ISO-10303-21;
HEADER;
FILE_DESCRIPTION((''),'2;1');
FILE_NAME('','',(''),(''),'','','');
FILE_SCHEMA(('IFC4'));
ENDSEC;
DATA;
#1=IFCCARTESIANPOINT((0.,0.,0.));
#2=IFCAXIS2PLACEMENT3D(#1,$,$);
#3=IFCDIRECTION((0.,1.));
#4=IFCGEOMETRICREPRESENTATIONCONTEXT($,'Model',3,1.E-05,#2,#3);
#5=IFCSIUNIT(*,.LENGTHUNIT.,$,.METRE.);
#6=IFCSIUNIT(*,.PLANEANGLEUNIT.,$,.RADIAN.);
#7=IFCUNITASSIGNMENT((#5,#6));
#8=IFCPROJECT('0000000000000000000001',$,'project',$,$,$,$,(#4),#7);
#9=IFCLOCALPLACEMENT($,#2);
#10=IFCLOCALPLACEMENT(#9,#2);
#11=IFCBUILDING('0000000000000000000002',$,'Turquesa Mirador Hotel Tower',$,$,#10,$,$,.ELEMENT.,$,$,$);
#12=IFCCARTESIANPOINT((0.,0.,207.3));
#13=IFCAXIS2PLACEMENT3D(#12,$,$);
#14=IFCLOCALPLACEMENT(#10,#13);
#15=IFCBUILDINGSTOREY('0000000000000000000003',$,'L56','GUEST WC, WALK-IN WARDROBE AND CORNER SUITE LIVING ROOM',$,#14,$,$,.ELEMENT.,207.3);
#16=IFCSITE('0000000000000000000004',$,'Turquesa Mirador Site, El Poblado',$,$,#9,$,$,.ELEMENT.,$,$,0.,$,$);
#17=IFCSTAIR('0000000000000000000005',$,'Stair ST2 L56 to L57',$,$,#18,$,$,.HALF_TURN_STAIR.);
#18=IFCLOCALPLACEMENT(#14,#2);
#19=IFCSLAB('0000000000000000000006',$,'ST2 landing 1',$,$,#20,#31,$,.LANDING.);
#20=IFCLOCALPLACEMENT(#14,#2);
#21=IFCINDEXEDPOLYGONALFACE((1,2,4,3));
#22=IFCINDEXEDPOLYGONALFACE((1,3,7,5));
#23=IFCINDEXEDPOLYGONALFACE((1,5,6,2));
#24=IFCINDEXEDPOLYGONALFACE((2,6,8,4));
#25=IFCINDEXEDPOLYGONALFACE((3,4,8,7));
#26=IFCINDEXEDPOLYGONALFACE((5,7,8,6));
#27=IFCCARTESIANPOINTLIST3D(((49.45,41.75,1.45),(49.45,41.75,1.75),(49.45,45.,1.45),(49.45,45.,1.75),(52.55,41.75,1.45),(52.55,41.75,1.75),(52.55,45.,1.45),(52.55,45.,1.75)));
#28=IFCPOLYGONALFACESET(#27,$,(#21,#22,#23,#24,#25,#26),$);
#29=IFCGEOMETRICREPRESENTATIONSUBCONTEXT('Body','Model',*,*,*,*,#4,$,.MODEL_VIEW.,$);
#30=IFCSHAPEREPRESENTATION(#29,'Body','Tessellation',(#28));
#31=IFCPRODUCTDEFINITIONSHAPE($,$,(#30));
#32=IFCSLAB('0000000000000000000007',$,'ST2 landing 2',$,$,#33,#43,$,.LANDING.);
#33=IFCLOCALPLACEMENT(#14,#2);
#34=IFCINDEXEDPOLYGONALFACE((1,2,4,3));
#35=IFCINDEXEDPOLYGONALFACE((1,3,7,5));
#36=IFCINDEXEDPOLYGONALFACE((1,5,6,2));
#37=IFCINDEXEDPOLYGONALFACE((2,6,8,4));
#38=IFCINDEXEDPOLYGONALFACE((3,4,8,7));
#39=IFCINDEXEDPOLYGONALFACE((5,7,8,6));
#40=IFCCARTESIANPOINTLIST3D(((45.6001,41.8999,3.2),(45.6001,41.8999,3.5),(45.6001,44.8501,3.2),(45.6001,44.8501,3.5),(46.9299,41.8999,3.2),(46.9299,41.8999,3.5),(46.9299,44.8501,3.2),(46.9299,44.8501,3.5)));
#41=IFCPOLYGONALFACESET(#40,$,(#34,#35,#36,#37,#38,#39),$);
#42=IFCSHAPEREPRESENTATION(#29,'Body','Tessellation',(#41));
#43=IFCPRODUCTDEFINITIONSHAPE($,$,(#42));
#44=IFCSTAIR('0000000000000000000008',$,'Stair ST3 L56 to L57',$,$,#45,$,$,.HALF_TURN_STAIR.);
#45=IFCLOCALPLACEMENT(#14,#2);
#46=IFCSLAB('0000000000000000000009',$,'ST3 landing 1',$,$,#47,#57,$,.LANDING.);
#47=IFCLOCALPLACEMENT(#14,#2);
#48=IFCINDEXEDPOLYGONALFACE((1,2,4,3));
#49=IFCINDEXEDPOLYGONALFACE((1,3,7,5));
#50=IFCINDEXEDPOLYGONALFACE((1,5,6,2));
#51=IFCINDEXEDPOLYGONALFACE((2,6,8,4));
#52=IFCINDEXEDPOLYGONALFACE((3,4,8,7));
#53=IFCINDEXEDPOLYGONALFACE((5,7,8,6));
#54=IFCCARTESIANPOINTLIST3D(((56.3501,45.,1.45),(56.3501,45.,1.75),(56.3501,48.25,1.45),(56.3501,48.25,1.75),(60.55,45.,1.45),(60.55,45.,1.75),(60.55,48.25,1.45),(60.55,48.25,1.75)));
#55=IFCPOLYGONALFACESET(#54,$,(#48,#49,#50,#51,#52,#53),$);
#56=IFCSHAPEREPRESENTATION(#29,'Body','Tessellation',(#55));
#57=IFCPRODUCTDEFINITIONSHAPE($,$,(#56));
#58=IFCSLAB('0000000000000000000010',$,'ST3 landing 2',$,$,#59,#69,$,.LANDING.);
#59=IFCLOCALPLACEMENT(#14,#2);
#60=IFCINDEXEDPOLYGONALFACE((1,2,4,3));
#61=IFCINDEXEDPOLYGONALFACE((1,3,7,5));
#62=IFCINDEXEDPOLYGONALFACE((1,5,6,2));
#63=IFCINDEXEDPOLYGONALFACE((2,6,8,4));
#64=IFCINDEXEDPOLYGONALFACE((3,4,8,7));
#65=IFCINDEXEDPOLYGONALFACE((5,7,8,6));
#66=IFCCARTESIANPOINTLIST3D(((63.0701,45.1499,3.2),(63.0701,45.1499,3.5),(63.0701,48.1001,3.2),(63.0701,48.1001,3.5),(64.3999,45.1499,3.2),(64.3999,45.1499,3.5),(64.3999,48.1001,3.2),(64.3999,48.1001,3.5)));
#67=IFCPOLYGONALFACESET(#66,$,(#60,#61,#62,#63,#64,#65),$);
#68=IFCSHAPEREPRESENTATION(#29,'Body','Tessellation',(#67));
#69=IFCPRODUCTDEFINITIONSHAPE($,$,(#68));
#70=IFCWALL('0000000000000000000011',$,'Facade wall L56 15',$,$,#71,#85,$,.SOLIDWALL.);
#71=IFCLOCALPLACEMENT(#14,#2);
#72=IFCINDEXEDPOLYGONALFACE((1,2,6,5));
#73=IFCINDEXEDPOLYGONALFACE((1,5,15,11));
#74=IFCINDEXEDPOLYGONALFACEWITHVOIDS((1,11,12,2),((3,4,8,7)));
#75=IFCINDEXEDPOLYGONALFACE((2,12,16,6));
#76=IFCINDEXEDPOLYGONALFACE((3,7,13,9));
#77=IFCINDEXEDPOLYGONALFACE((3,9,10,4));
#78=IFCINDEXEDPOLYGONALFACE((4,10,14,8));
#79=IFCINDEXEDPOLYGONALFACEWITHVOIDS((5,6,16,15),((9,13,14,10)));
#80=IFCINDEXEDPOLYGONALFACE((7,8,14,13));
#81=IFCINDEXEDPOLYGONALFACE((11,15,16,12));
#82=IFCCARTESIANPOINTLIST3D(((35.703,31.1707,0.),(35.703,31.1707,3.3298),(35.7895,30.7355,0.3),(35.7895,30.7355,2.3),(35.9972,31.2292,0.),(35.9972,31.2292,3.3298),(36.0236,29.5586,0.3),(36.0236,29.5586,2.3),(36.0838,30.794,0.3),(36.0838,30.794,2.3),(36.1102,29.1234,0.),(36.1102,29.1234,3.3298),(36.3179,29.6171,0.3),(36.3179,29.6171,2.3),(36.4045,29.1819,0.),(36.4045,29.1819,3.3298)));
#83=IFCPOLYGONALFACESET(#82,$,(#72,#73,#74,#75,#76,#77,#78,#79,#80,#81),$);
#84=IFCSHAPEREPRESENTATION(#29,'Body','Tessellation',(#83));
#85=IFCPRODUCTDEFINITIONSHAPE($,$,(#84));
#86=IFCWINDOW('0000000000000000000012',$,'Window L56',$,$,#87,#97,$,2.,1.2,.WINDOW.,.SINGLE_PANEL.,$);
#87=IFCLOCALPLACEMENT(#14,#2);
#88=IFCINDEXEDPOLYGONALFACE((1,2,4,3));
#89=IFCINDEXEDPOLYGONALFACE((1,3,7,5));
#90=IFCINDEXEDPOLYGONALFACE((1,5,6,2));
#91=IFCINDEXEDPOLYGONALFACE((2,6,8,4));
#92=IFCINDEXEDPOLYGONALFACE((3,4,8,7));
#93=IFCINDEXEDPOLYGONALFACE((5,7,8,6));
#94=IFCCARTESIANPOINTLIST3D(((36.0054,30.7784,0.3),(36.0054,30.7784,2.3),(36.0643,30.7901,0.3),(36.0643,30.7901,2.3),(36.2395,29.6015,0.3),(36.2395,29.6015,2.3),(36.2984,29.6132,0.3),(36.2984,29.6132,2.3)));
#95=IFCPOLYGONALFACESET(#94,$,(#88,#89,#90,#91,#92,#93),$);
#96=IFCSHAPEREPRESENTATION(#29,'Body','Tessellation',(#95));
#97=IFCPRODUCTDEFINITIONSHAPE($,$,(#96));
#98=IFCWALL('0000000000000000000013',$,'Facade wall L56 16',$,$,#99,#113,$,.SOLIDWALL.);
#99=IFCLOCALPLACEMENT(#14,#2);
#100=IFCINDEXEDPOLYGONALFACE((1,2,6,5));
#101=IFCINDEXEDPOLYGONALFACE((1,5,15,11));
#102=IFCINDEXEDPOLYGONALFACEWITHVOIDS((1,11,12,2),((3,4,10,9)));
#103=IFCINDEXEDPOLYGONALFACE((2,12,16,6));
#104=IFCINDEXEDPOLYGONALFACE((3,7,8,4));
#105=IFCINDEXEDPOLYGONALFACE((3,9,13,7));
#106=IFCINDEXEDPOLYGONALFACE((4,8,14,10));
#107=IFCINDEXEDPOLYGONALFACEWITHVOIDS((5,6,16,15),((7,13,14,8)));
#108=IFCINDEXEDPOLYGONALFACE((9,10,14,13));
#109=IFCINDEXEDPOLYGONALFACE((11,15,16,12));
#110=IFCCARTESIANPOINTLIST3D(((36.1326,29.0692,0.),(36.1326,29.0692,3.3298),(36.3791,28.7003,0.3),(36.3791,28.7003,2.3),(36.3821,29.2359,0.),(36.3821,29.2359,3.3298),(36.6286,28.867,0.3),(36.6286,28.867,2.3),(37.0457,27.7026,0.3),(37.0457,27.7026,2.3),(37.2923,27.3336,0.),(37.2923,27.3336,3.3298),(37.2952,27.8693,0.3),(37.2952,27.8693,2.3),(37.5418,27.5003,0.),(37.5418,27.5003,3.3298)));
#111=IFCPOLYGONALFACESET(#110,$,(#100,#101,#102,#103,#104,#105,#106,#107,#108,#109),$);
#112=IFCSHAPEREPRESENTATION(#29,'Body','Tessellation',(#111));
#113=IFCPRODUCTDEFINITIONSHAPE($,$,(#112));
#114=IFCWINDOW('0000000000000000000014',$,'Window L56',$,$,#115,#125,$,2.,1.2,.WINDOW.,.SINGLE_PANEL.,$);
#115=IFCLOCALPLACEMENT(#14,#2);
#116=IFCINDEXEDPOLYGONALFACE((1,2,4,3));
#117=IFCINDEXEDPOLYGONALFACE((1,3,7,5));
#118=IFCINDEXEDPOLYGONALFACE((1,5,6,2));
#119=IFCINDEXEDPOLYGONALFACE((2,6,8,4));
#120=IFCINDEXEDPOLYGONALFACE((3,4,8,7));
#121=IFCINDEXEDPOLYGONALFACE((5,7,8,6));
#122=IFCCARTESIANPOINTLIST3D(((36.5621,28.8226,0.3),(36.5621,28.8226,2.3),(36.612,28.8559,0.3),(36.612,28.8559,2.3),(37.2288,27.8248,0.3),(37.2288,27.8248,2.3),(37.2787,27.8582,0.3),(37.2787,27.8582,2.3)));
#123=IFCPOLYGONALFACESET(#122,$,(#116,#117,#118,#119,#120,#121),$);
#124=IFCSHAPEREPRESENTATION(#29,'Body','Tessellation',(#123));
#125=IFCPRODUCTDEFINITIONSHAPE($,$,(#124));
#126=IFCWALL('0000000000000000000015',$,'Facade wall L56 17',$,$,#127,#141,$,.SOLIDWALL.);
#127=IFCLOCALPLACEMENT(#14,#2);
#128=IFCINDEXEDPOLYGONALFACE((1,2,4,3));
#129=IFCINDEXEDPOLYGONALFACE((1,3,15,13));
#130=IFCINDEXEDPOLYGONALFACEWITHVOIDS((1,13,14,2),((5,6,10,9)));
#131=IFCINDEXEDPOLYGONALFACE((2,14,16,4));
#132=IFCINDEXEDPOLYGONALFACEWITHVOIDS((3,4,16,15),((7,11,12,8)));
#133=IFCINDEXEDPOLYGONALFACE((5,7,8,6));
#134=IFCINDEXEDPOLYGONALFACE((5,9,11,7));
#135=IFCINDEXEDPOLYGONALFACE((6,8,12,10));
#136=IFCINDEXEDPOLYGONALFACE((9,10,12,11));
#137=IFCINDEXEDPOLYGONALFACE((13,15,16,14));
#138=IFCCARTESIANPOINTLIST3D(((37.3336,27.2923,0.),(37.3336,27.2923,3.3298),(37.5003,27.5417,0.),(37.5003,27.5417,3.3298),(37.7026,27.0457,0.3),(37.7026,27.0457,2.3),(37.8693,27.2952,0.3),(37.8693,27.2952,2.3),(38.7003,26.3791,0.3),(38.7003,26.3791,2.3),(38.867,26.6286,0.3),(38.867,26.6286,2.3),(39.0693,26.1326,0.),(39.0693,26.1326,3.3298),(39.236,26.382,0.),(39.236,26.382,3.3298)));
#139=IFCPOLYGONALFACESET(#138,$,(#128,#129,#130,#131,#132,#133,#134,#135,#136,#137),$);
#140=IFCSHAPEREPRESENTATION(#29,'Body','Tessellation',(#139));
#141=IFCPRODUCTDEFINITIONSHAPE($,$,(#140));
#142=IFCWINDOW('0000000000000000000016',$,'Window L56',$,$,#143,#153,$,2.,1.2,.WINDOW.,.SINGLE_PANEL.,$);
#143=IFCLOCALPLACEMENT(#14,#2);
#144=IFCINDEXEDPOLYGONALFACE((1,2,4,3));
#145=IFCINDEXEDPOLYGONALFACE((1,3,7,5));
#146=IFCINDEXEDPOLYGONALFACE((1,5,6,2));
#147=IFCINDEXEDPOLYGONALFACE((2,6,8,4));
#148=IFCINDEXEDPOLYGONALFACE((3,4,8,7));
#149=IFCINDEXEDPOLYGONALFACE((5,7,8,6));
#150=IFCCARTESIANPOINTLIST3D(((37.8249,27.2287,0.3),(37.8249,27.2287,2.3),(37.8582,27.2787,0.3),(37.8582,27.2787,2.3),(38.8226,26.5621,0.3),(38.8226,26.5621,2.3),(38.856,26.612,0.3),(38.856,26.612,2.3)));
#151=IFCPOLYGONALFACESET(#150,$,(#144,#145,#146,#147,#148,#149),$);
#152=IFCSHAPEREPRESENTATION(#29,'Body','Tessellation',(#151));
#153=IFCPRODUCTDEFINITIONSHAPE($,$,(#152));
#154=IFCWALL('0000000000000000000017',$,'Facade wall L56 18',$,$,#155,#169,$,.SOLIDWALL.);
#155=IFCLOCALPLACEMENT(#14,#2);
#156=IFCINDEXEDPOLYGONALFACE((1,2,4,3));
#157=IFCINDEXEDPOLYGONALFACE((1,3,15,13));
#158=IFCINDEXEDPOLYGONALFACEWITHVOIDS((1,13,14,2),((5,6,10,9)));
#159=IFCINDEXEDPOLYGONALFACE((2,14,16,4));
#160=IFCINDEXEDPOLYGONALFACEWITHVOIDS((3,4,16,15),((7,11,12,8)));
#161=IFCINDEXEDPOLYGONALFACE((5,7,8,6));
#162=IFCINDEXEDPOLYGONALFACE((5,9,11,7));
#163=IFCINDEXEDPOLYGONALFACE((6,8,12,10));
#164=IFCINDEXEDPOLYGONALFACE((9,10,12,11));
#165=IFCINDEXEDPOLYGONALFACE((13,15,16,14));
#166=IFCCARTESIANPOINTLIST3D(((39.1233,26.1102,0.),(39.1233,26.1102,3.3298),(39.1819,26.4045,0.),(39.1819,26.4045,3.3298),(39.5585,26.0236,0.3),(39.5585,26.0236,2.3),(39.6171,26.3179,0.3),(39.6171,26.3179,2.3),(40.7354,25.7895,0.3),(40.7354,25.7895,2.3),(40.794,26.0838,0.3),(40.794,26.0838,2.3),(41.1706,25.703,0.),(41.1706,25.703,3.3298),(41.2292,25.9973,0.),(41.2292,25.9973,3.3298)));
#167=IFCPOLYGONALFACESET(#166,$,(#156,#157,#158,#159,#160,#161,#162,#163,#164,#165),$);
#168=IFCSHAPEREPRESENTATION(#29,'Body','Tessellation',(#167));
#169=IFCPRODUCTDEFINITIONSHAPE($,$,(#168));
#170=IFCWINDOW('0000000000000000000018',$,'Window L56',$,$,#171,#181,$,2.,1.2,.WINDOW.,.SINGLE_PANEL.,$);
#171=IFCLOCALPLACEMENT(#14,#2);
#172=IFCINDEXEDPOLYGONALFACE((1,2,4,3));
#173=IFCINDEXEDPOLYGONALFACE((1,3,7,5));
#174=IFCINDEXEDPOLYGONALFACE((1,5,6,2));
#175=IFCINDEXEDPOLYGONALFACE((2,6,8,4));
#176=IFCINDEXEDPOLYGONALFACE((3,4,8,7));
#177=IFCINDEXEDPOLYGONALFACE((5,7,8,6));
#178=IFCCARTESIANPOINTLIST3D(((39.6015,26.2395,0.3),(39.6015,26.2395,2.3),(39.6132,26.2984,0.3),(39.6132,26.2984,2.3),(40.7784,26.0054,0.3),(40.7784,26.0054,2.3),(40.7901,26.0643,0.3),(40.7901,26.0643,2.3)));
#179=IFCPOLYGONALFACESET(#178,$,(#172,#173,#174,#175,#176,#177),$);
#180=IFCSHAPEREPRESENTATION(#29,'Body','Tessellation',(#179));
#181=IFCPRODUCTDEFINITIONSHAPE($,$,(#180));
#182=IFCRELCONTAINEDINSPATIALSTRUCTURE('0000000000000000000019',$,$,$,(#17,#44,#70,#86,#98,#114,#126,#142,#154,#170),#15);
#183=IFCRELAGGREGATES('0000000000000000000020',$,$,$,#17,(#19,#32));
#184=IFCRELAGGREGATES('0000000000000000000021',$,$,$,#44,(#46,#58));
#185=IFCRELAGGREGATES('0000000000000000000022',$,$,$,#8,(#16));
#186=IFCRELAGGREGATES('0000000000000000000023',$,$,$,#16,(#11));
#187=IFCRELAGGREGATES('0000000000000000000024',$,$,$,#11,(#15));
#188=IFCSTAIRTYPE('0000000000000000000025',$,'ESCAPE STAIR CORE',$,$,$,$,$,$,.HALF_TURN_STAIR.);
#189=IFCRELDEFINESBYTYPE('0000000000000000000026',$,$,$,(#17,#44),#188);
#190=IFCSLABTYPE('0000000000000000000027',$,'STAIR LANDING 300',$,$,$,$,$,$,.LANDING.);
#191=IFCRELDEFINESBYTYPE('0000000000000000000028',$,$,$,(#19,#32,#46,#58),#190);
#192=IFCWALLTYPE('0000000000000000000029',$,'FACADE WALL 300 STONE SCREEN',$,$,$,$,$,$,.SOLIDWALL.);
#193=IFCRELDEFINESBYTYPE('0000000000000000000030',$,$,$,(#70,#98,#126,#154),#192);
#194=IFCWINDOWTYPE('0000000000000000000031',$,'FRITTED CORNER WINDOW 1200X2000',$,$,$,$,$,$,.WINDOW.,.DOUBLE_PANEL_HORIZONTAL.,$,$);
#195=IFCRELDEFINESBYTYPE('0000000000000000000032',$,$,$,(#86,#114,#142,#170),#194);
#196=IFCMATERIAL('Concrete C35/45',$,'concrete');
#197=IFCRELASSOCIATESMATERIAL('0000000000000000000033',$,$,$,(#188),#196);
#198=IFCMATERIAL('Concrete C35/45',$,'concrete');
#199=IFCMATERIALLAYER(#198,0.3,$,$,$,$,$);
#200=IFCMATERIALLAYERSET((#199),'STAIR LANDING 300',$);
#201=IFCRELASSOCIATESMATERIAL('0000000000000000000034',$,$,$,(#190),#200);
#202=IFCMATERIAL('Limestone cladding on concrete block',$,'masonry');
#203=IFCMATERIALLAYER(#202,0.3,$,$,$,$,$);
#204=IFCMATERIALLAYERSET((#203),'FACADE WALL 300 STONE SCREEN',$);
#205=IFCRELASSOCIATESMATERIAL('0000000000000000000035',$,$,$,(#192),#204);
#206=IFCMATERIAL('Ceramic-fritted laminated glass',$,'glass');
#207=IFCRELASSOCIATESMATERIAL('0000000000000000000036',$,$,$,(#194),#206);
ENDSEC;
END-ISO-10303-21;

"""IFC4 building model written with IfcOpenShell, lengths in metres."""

from ifc_helpers import new_model, si_unit, direction, frame, frame_2d, origin, place, context, subcontext, project, spatial, polyline, rectangle, outline, extrude, material, layer, layer_set, type_object, element, fill, aggregate, save


model = new_model("IFC4")

# Units and contexts
model_context = context("Model", 3, precision=1e-05, world=origin(), true_north=direction((0.0, 1.0)))
body_context = subcontext(model_context, "Body", "Model", "MODEL_VIEW")
ifc_project = project(units=[si_unit("LENGTHUNIT", "METRE"), si_unit("PLANEANGLEUNIT", "RADIAN")], contexts=[model_context])

# Site, building, storey
site_placement = place(None, origin())
site = spatial("IfcSite", under=ifc_project, at=site_placement, Name="Turquesa Mirador Site, El Poblado", CompositionType="ELEMENT", RefElevation=0.0)
building_placement = place(site_placement, origin())
building = spatial("IfcBuilding", under=site, at=building_placement, Name="Turquesa Mirador Hotel Tower", CompositionType="ELEMENT")
storey_placement = place(building_placement, frame((0.0, 0.0, 207.3)))
storey = spatial("IfcBuildingStorey", under=building, at=storey_placement, Name="L56", Description="GUEST WC, WALK-IN WARDROBE AND CORNER SUITE LIVING ROOM", CompositionType="ELEMENT", Elevation=207.3)

# Stairs, slabs
ifc_material_1 = material(Name="Concrete C35/45", Category="concrete")
stair_type = type_object("IfcStairType", Name="ESCAPE STAIR CORE", PredefinedType="HALF_TURN_STAIR", material=ifc_material_1)
ifc_material_2 = material(Name="Concrete C35/45", Category="concrete")
ifc_layer_1 = layer(ifc_material_2, 0.3)
ifc_layer_set_1 = layer_set([ifc_layer_1], Name="STAIR LANDING 300")
slab_type_1 = type_object("IfcSlabType", Name="STAIR LANDING 300", PredefinedType="LANDING", material=ifc_layer_set_1)
stair_1_placement = place(storey_placement, origin())
stair_1 = element("IfcStair", 1, at=stair_1_placement, inside=storey, type_object=stair_type, Name="Stair ST2 L56 to L57", PredefinedType="HALF_TURN_STAIR")
slab_1_placement = place(storey_placement, frame((0.0, 0.0, 1.45)))
slab_1 = element("IfcSlab", 2, at=slab_1_placement, type_object=slab_type_1, Name="ST2 landing 1", PredefinedType="LANDING", context=body_context, shape_type="SweptSolid", body=[
    extrude(outline(polyline([(52.55, 45.0), (49.45, 45.0), (49.45, 41.75), (52.55, 41.75), (52.55, 45.0)])), origin(), (0.0, 0.0, 1.0), 0.3),
])
slab_2_placement = place(storey_placement, frame((0.0, 0.0, 3.2)))
slab_2 = element("IfcSlab", 3, at=slab_2_placement, type_object=slab_type_1, Name="ST2 landing 2", PredefinedType="LANDING", context=body_context, shape_type="SweptSolid", body=[
    extrude(outline(polyline([(46.9299, 44.8501), (45.6001, 44.8501), (45.6001, 41.8999), (46.9299, 41.8999), (46.9299, 44.8501)])), origin(), (0.0, 0.0, 1.0), 0.3),
])
aggregate(stair_1, [slab_1, slab_2])
stair_2_placement = place(storey_placement, origin())
stair_2 = element("IfcStair", 4, at=stair_2_placement, inside=storey, type_object=stair_type, Name="Stair ST3 L56 to L57", PredefinedType="HALF_TURN_STAIR")
slab_3_placement = place(storey_placement, frame((0.0, 0.0, 1.45)))
slab_3 = element("IfcSlab", 5, at=slab_3_placement, type_object=slab_type_1, Name="ST3 landing 1", PredefinedType="LANDING", context=body_context, shape_type="SweptSolid", body=[
    extrude(outline(polyline([(56.3501, 45.0), (60.55, 45.0), (60.55, 48.25), (56.3501, 48.25), (56.3501, 45.0)])), origin(), (0.0, 0.0, 1.0), 0.3),
])
slab_4_placement = place(storey_placement, frame((0.0, 0.0, 3.2)))
slab_4 = element("IfcSlab", 6, at=slab_4_placement, type_object=slab_type_1, Name="ST3 landing 2", PredefinedType="LANDING", context=body_context, shape_type="SweptSolid", body=[
    extrude(outline(polyline([(63.0701, 45.1499), (64.3999, 45.1499), (64.3999, 48.1001), (63.0701, 48.1001), (63.0701, 45.1499)])), origin(), (0.0, 0.0, 1.0), 0.3),
])
aggregate(stair_2, [slab_3, slab_4])

# Walls, openings, windows
ifc_material_3 = material(Name="Limestone cladding on concrete block", Category="masonry")
ifc_layer_2 = layer(ifc_material_3, 0.3)
ifc_layer_set_2 = layer_set([ifc_layer_2], Name="FACADE WALL 300 STONE SCREEN")
wall_type_1 = type_object("IfcWallType", Name="FACADE WALL 300 STONE SCREEN", PredefinedType="SOLIDWALL", material=ifc_layer_set_2)
wall_1_placement = place(storey_placement, frame((35.8501, 31.2, 0.0), z_axis=(0.0, 0.0, 1.0), x_axis=(0.195081, -0.980787, 0.0)))
wall_1 = element("IfcWall", 7, at=wall_1_placement, inside=storey, type_object=wall_type_1, Name="Facade wall L56 15", PredefinedType="SOLIDWALL", context=body_context, shape_type="SweptSolid", body=[
    extrude(rectangle(XDim=2.0874, YDim=0.3, at=frame_2d((1.0437, 0.0))), origin(), (0.0, 0.0, 1.0), 3.3298),
])
opening_1_placement = place(wall_1_placement, frame((0.4436, 0.0, 0.3)))
opening_1 = element("IfcOpeningElement", 8, at=opening_1_placement, cuts=wall_1, PredefinedType="OPENING", context=body_context, shape_type="SweptSolid", body=[
    extrude(rectangle(XDim=1.2, YDim=2.0, at=frame_2d((0.6001, 1.0))), frame((0.0, 0.1599, 0.0), z_axis=(0.0, -1.0, 0.0), x_axis=(1.0, 0.0, 0.0)), (0.0, 0.0, 1.0), 0.3201),
])
ifc_material_4 = material(Name="Ceramic-fritted laminated glass", Category="glass")
window_type_1 = type_object("IfcWindowType", Name="FRITTED CORNER WINDOW 1200X2000", PartitioningType="DOUBLE_PANEL_HORIZONTAL", PredefinedType="WINDOW", material=ifc_material_4)
window_1_placement = place(opening_1_placement, origin())
window_1 = element("IfcWindow", 9, at=window_1_placement, inside=storey, type_object=window_type_1, Name="Window L56", OverallHeight=2.0, OverallWidth=1.2, PartitioningType="SINGLE_PANEL", PredefinedType="WINDOW", context=body_context, shape_type="SweptSolid", body=[
    extrude(rectangle(XDim=1.2, YDim=2.0, at=frame_2d((0.6001, 1.0))), frame((0.0, 0.1301, 0.0), z_axis=(0.0, -1.0, 0.0), x_axis=(1.0, 0.0, 0.0)), (0.0, 0.0, 1.0), 0.0601),
])
fill(opening_1, window_1)
wall_2_placement = place(storey_placement, frame((36.2573, 29.1526, 0.0), z_axis=(0.0, 0.0, 1.0), x_axis=(0.555564, -0.831474, 0.0)))
wall_2 = element("IfcWall", 10, at=wall_2_placement, inside=storey, type_object=wall_type_1, Name="Facade wall L56 16", PredefinedType="SOLIDWALL", context=body_context, shape_type="SweptSolid", body=[
    extrude(rectangle(XDim=2.0874, YDim=0.3, at=frame_2d((1.0437, 0.0))), origin(), (0.0, 0.0, 1.0), 3.3298),
])
opening_2_placement = place(wall_2_placement, frame((0.4436, 0.0, 0.3)))
opening_2 = element("IfcOpeningElement", 11, at=opening_2_placement, cuts=wall_2, PredefinedType="OPENING", context=body_context, shape_type="SweptSolid", body=[
    extrude(rectangle(XDim=1.2, YDim=2.0, at=frame_2d((0.6001, 1.0))), frame((0.0, 0.1599, 0.0), z_axis=(0.0, -1.0, 0.0), x_axis=(1.0, 0.0, 0.0)), (0.0, 0.0, 1.0), 0.3201),
])
window_2_placement = place(opening_2_placement, origin())
window_2 = element("IfcWindow", 12, at=window_2_placement, inside=storey, type_object=window_type_1, Name="Window L56", OverallHeight=2.0, OverallWidth=1.2, PartitioningType="SINGLE_PANEL", PredefinedType="WINDOW", context=body_context, shape_type="SweptSolid", body=[
    extrude(rectangle(XDim=1.2, YDim=2.0, at=frame_2d((0.6001, 1.0))), frame((0.0, 0.1301, 0.0), z_axis=(0.0, -1.0, 0.0), x_axis=(1.0, 0.0, 0.0)), (0.0, 0.0, 1.0), 0.0601),
])
fill(opening_2, window_2)
wall_3_placement = place(storey_placement, frame((37.417, 27.417, 0.0), z_axis=(0.0, 0.0, 1.0), x_axis=(0.831474, -0.555564, 0.0)))
wall_3 = element("IfcWall", 13, at=wall_3_placement, inside=storey, type_object=wall_type_1, Name="Facade wall L56 17", PredefinedType="SOLIDWALL", context=body_context, shape_type="SweptSolid", body=[
    extrude(rectangle(XDim=2.0874, YDim=0.3, at=frame_2d((1.0437, 0.0))), origin(), (0.0, 0.0, 1.0), 3.3298),
])
opening_3_placement = place(wall_3_placement, frame((0.4436, 0.0, 0.3)))
opening_3 = element("IfcOpeningElement", 14, at=opening_3_placement, cuts=wall_3, PredefinedType="OPENING", context=body_context, shape_type="SweptSolid", body=[
    extrude(rectangle(XDim=1.2, YDim=2.0, at=frame_2d((0.6001, 1.0))), frame((0.0, 0.1599, 0.0), z_axis=(0.0, -1.0, 0.0), x_axis=(1.0, 0.0, 0.0)), (0.0, 0.0, 1.0), 0.3201),
])
window_3_placement = place(opening_3_placement, origin())
window_3 = element("IfcWindow", 15, at=window_3_placement, inside=storey, type_object=window_type_1, Name="Window L56", OverallHeight=2.0, OverallWidth=1.2, PartitioningType="SINGLE_PANEL", PredefinedType="WINDOW", context=body_context, shape_type="SweptSolid", body=[
    extrude(rectangle(XDim=1.2, YDim=2.0, at=frame_2d((0.6001, 1.0))), frame((0.0, 0.1301, 0.0), z_axis=(0.0, -1.0, 0.0), x_axis=(1.0, 0.0, 0.0)), (0.0, 0.0, 1.0), 0.0601),
])
fill(opening_3, window_3)
wall_4_placement = place(storey_placement, frame((39.1526, 26.2573, 0.0), z_axis=(0.0, 0.0, 1.0), x_axis=(0.980787, -0.195081, 0.0)))
wall_4 = element("IfcWall", 16, at=wall_4_placement, inside=storey, type_object=wall_type_1, Name="Facade wall L56 18", PredefinedType="SOLIDWALL", context=body_context, shape_type="SweptSolid", body=[
    extrude(rectangle(XDim=2.0874, YDim=0.3, at=frame_2d((1.0437, 0.0))), origin(), (0.0, 0.0, 1.0), 3.3298),
])
opening_4_placement = place(wall_4_placement, frame((0.4436, 0.0, 0.3)))
opening_4 = element("IfcOpeningElement", 17, at=opening_4_placement, cuts=wall_4, PredefinedType="OPENING", context=body_context, shape_type="SweptSolid", body=[
    extrude(rectangle(XDim=1.2, YDim=2.0, at=frame_2d((0.6001, 1.0))), frame((0.0, 0.1599, 0.0), z_axis=(0.0, -1.0, 0.0), x_axis=(1.0, 0.0, 0.0)), (0.0, 0.0, 1.0), 0.3201),
])
window_4_placement = place(opening_4_placement, origin())
window_4 = element("IfcWindow", 18, at=window_4_placement, inside=storey, type_object=window_type_1, Name="Window L56", OverallHeight=2.0, OverallWidth=1.2, PartitioningType="SINGLE_PANEL", PredefinedType="WINDOW", context=body_context, shape_type="SweptSolid", body=[
    extrude(rectangle(XDim=1.2, YDim=2.0, at=frame_2d((0.6001, 1.0))), frame((0.0, 0.1301, 0.0), z_axis=(0.0, -1.0, 0.0), x_axis=(1.0, 0.0, 0.0)), (0.0, 0.0, 1.0), 0.0601),
])
fill(opening_4, window_4)

save(model, "model.ifc")
